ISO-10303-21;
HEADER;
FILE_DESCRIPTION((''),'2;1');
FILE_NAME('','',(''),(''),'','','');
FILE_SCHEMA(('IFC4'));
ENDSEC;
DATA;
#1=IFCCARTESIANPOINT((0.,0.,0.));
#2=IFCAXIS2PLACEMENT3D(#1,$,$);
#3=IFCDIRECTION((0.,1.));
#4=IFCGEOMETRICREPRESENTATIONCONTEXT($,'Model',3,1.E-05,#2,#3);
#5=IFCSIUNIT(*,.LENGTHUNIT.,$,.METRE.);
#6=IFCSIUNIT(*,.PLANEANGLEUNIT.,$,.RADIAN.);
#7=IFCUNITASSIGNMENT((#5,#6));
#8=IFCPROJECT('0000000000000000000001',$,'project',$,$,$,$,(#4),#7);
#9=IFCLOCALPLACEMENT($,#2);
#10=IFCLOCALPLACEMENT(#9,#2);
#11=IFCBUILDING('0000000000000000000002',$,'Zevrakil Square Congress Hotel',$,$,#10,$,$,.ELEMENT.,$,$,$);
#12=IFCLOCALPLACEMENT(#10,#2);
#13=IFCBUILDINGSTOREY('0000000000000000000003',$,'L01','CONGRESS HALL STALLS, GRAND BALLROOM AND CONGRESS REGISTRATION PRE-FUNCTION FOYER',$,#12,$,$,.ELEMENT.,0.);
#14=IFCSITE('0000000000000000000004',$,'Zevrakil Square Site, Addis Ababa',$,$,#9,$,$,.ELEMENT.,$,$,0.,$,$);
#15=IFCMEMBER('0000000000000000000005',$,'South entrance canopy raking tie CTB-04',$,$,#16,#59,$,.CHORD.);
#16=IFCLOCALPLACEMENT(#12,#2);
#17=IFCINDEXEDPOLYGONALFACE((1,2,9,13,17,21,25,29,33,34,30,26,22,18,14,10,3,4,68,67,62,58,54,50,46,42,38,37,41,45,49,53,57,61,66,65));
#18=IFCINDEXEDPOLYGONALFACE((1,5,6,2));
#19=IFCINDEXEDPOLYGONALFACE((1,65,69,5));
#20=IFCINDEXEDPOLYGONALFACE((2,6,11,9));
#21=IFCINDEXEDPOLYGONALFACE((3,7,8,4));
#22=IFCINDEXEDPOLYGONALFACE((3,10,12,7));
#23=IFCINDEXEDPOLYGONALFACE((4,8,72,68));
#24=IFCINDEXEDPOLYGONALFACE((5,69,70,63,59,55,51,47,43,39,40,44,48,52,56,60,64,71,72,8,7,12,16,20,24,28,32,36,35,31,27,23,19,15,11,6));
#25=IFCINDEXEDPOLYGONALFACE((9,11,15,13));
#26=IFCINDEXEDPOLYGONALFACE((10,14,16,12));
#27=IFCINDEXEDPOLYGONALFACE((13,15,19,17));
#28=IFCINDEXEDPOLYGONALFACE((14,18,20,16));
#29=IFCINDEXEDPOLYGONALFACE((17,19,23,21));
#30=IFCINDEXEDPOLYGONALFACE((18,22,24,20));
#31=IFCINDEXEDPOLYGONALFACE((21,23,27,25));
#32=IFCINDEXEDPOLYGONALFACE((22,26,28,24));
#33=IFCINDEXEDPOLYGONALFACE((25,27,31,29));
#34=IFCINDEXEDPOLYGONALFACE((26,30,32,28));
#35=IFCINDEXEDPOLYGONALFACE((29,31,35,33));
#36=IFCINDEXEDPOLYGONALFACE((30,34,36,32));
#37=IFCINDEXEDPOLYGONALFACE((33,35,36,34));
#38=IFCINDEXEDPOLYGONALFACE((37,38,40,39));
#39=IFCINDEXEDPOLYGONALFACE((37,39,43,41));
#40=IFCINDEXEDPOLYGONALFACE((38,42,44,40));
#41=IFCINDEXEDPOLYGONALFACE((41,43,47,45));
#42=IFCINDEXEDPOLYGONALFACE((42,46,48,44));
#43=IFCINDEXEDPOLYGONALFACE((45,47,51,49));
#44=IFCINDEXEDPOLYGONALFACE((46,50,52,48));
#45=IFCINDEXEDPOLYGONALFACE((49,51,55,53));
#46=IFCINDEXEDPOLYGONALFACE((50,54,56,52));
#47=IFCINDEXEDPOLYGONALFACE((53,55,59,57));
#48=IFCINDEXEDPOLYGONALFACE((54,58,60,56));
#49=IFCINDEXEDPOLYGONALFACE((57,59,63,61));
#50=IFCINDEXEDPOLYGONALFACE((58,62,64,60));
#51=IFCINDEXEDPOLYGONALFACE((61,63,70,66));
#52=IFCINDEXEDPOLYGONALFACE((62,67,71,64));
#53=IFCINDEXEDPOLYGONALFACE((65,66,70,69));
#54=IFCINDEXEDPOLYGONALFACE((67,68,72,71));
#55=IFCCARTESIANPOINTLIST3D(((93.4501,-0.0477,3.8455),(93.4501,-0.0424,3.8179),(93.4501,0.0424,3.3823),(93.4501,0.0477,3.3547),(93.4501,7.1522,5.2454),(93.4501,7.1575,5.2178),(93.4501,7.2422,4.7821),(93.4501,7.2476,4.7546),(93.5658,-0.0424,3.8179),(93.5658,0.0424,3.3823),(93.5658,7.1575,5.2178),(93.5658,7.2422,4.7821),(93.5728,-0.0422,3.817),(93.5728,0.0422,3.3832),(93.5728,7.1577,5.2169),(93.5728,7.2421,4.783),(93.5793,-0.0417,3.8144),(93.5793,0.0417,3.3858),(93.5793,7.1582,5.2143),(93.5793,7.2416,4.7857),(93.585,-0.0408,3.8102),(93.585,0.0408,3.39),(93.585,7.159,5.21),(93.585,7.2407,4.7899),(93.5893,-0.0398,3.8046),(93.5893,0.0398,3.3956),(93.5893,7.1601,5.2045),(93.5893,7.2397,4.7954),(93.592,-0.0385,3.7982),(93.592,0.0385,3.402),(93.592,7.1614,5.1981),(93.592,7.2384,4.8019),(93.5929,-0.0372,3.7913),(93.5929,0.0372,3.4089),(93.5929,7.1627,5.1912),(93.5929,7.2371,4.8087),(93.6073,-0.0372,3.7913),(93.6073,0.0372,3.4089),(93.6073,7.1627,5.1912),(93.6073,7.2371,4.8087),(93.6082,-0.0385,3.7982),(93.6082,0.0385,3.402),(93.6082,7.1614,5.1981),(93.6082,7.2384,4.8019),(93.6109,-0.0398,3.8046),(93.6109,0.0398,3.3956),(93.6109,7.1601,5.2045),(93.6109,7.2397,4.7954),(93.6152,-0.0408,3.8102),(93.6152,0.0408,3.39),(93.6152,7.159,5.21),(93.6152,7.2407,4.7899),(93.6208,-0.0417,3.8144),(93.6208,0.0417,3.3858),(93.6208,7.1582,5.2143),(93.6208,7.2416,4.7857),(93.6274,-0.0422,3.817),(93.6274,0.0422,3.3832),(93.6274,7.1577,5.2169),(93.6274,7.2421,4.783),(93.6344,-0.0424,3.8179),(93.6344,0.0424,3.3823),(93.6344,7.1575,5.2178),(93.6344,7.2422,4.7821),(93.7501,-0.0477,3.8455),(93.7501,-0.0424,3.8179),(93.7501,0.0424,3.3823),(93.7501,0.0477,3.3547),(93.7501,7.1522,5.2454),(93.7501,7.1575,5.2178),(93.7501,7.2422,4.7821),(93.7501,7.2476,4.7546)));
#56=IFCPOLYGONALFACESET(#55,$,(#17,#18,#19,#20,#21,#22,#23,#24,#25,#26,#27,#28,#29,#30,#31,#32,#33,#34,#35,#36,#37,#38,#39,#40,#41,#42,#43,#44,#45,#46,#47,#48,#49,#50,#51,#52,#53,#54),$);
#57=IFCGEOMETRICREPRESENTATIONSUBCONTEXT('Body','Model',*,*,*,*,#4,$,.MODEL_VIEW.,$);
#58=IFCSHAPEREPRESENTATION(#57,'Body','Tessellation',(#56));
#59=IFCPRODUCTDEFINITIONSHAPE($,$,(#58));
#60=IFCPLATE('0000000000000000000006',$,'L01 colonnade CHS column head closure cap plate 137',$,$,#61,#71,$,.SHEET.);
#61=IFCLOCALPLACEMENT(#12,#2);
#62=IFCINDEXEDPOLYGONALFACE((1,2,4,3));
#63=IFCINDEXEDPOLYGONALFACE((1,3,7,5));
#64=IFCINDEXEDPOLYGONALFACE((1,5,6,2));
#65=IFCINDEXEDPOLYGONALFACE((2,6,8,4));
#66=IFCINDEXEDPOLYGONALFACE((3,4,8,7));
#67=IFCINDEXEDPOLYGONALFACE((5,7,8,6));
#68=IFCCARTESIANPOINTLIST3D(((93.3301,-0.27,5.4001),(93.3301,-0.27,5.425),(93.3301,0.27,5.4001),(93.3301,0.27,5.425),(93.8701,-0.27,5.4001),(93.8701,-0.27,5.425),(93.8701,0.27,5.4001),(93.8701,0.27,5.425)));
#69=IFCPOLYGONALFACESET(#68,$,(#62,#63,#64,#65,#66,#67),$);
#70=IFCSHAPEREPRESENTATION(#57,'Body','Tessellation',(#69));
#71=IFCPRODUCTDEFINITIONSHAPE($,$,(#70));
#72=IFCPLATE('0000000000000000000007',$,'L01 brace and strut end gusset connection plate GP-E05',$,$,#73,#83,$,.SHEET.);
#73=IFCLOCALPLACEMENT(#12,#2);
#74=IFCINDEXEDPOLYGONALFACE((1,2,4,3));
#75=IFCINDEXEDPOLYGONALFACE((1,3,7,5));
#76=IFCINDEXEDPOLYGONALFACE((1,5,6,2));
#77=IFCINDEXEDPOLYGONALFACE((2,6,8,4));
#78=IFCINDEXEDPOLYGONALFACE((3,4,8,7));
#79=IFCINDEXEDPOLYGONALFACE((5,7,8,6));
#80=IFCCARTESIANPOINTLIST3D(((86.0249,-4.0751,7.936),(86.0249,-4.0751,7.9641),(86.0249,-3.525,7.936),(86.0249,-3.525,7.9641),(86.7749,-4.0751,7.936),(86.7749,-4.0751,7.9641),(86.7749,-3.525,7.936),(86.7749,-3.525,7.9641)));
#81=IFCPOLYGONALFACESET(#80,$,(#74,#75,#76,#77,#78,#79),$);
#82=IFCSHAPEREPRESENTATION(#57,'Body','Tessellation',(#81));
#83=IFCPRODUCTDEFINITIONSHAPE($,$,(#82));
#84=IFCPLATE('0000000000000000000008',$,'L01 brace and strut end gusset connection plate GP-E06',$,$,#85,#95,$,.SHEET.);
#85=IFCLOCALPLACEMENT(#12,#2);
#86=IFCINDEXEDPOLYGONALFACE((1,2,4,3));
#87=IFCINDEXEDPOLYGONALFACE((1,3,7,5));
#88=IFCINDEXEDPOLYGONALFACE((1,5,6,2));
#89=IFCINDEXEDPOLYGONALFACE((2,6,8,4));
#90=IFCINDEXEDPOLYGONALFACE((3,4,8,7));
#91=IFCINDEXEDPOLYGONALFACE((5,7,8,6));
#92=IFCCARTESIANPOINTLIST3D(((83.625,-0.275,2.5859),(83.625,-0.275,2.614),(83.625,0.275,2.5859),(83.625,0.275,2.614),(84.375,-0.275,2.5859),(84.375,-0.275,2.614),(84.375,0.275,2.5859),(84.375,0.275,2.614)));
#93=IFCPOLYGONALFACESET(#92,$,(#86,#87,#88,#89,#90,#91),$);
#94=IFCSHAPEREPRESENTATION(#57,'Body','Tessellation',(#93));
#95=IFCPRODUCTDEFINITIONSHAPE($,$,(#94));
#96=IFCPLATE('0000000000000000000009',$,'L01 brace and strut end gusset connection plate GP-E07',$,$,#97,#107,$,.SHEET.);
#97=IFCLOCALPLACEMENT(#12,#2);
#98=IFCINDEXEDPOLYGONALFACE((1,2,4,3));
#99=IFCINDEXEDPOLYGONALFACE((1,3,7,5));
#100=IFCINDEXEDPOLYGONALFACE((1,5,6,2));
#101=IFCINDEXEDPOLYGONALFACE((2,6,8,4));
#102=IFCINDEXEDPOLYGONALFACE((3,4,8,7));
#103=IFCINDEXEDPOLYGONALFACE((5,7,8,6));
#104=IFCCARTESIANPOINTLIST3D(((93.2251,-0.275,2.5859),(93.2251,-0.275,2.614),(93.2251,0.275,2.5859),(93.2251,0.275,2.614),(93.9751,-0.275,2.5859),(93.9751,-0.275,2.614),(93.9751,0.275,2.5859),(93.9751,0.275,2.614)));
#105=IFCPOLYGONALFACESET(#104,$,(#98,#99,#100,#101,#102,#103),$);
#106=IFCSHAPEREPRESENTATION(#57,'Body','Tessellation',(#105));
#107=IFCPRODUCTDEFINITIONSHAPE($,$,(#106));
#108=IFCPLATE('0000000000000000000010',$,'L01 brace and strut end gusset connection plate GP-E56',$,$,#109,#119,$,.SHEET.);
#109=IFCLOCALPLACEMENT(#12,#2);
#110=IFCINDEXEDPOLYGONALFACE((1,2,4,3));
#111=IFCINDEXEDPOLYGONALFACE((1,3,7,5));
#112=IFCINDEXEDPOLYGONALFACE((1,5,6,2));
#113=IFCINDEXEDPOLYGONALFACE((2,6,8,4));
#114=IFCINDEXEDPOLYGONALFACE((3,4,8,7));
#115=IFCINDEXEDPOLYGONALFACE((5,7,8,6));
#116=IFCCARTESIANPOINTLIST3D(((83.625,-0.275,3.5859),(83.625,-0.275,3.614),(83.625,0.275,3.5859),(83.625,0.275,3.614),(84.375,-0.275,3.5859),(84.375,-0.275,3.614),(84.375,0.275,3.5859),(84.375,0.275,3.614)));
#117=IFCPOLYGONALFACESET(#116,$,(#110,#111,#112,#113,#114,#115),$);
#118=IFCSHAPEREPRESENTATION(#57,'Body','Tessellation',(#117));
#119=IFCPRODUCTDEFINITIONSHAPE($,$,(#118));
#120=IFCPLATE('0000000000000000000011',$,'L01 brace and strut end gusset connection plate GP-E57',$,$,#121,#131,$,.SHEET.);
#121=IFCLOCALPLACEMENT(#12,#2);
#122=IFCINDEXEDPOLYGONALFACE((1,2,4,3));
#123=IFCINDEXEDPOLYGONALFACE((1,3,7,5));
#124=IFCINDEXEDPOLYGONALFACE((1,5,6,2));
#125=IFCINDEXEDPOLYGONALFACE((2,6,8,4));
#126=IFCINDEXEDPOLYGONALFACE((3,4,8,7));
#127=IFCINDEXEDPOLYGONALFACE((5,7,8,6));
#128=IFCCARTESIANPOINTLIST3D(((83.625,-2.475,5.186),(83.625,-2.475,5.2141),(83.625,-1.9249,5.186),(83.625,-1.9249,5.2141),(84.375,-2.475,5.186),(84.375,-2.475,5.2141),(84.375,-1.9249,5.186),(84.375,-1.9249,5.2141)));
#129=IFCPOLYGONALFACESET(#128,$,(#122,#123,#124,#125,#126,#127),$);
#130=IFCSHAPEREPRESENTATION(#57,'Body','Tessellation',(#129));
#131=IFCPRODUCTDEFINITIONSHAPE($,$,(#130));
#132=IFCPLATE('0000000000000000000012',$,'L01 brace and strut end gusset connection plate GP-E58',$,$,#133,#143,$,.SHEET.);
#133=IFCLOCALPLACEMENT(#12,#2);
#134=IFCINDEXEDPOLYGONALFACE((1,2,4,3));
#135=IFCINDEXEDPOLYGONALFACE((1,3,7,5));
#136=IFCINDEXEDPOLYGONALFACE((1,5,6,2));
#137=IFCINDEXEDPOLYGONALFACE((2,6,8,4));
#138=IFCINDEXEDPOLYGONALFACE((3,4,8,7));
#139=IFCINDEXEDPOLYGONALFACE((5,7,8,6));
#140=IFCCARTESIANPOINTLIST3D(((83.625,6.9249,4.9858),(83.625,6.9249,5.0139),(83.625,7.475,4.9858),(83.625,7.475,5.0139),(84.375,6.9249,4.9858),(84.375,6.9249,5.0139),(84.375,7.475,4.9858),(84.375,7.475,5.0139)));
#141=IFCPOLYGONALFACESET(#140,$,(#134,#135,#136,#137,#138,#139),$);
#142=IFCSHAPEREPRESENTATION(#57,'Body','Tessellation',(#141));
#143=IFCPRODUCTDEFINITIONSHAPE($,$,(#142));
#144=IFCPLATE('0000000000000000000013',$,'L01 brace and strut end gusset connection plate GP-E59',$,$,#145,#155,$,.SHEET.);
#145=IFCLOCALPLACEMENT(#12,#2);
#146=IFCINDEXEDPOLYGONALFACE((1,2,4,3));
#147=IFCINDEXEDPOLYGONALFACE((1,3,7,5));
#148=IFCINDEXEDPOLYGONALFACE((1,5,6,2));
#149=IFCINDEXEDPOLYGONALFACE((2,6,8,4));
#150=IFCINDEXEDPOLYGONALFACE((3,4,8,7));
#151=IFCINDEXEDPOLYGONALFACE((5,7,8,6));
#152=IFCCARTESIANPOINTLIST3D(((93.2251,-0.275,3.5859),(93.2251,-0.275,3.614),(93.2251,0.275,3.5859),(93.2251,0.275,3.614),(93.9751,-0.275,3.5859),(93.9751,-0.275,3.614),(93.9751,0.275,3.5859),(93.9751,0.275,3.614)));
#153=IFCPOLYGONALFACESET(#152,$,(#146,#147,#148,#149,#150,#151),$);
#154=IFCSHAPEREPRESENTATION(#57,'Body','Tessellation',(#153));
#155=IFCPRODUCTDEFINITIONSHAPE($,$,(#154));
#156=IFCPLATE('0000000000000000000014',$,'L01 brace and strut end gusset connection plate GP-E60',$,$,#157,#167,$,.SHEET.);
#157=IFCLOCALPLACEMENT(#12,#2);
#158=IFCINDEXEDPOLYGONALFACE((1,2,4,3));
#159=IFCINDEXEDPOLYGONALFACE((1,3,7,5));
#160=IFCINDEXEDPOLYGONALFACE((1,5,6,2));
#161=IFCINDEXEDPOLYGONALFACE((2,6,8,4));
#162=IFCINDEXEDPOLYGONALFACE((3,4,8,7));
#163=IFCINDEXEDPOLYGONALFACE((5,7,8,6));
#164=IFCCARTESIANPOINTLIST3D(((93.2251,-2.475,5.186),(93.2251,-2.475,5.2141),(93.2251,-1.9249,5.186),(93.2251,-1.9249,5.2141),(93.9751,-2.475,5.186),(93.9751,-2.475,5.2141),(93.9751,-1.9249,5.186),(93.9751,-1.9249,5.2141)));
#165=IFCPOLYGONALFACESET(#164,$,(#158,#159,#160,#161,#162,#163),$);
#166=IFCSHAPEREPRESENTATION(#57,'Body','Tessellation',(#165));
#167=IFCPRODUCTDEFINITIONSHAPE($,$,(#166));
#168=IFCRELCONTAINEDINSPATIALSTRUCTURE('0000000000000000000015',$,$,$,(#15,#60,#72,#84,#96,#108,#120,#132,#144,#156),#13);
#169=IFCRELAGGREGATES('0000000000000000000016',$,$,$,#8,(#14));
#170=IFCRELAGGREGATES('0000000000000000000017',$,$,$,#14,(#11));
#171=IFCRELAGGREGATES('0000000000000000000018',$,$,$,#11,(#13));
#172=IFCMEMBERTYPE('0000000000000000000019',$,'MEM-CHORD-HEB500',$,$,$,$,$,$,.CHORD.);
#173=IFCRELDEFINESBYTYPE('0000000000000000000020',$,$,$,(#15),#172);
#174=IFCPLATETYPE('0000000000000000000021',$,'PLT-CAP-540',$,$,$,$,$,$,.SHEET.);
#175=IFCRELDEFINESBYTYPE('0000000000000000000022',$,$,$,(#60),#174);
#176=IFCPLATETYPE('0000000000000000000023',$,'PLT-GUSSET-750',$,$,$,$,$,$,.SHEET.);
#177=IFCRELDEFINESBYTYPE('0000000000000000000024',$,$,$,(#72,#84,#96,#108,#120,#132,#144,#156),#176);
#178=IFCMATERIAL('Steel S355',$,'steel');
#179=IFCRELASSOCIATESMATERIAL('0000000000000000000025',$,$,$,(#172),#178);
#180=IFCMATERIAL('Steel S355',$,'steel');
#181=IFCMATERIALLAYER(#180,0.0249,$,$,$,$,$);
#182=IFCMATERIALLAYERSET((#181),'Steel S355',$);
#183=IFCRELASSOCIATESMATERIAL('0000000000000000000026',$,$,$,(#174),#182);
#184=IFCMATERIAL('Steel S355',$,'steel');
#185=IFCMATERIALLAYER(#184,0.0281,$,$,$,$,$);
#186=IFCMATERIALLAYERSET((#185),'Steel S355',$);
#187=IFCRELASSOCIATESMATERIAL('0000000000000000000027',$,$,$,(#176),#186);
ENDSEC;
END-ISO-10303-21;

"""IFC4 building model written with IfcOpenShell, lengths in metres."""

from ifc_helpers import new_model, si_unit, direction, frame, origin, origin_2d, place, context, subcontext, project, spatial, rectangle, i_section, extrude, material, layer, layer_set, material_profile, profile_set, type_object, element, save


model = new_model("IFC4")

# Units and contexts
model_context = context("Model", 3, precision=1e-05, world=origin(), true_north=direction((0.0, 1.0)))
body_context = subcontext(model_context, "Body", "Model", "MODEL_VIEW")
ifc_project = project(units=[si_unit("LENGTHUNIT", "METRE"), si_unit("PLANEANGLEUNIT", "RADIAN")], contexts=[model_context])

# Site, building, storey
site_placement = place(None, origin())
site = spatial("IfcSite", under=ifc_project, at=site_placement, Name="Zevrakil Square Site, Addis Ababa", CompositionType="ELEMENT", RefElevation=0.0)
building_placement = place(site_placement, origin())
building = spatial("IfcBuilding", under=site, at=building_placement, Name="Zevrakil Square Congress Hotel", CompositionType="ELEMENT")
storey_placement = place(building_placement, origin())
storey = spatial("IfcBuildingStorey", under=building, at=storey_placement, Name="L01", Description="CONGRESS HALL STALLS, GRAND BALLROOM AND CONGRESS REGISTRATION PRE-FUNCTION FOYER", CompositionType="ELEMENT", Elevation=0.0)

# Member
ifc_material_1 = material(Name="Steel S355", Category="steel")
ifc_material_profile_1 = material_profile(ifc_material_1, i_section(OverallWidth=0.3, OverallDepth=0.5, WebThickness=0.0144, FlangeThickness=0.0281, FilletRadius=0.0271, at=origin_2d()), Name="HEB 500")
ifc_profile_set_1 = profile_set([ifc_material_profile_1], Name="Steel S355")
member_type_1 = type_object("IfcMemberType", Name="MEM-CHORD-HEB500", PredefinedType="CHORD", material=ifc_profile_set_1)
for number, where, z_axis, x_axis, name in (
    (1, (93.6001, 0.0, 3.6001), (0.0, 0.981618, 0.190858), (-1.0, 0.0, 0.0), "South entrance canopy raking tie CTB-04"),
):
    element("IfcMember", number, at=place(storey_placement, frame(where, z_axis=z_axis, x_axis=x_axis)), inside=storey, type_object=member_type_1, Name=name, PredefinedType="CHORD", context=body_context, shape_type="SweptSolid", body=[
        extrude(i_section(OverallWidth=0.3, OverallDepth=0.5, WebThickness=0.0144, FlangeThickness=0.0281, FilletRadius=0.0271, at=origin_2d()), origin(), (0.0, 0.0, 1.0), 7.3347),
    ])

# Plates
ifc_material_2 = material(Name="Steel S355", Category="steel")
ifc_layer_1 = layer(ifc_material_2, 0.0249)
ifc_layer_set_1 = layer_set([ifc_layer_1], Name="Steel S355")
plate_type_1 = type_object("IfcPlateType", Name="PLT-CAP-540", PredefinedType="SHEET", material=ifc_layer_set_1)
plate_placement = place(storey_placement, frame((93.6001, 0.0, 5.4001), z_axis=(0.0, 0.0, 1.0), x_axis=(1.0, 0.0, 0.0)))
element("IfcPlate", 2, at=plate_placement, inside=storey, type_object=plate_type_1, Name="L01 colonnade CHS column head closure cap plate 137", PredefinedType="SHEET", context=body_context, shape_type="SweptSolid", body=[
    extrude(rectangle(XDim=0.54, YDim=0.54, at=origin_2d()), origin(), (0.0, 0.0, 1.0), 0.0249),
])
ifc_material_3 = material(Name="Steel S355", Category="steel")
ifc_layer_2 = layer(ifc_material_3, 0.0281)
ifc_layer_set_2 = layer_set([ifc_layer_2], Name="Steel S355")
plate_type_2 = type_object("IfcPlateType", Name="PLT-GUSSET-750", PredefinedType="SHEET", material=ifc_layer_set_2)
for number, where, z_axis, x_axis, name in (
    (3, (86.3999, -3.8, 7.936), (0.0, 0.0, 1.0), (1.0, 0.0, 0.0), "L01 brace and strut end gusset connection plate GP-E05"),
    (4, (84.0, 0.0, 2.5859), (0.0, 0.0, 1.0), (1.0, 0.0, 0.0), "L01 brace and strut end gusset connection plate GP-E06"),
    (5, (93.6001, 0.0, 2.5859), (0.0, 0.0, 1.0), (1.0, 0.0, 0.0), "L01 brace and strut end gusset connection plate GP-E07"),
    (6, (84.0, 0.0, 3.5859), (0.0, 0.0, 1.0), (1.0, 0.0, 0.0), "L01 brace and strut end gusset connection plate GP-E56"),
    (7, (84.0, -2.2, 5.186), (0.0, 0.0, 1.0), (1.0, 0.0, 0.0), "L01 brace and strut end gusset connection plate GP-E57"),
    (8, (84.0, 7.2, 4.9858), (0.0, 0.0, 1.0), (1.0, 0.0, 0.0), "L01 brace and strut end gusset connection plate GP-E58"),
    (9, (93.6001, 0.0, 3.5859), (0.0, 0.0, 1.0), (1.0, 0.0, 0.0), "L01 brace and strut end gusset connection plate GP-E59"),
    (10, (93.6001, -2.2, 5.186), (0.0, 0.0, 1.0), (1.0, 0.0, 0.0), "L01 brace and strut end gusset connection plate GP-E60"),
):
    element("IfcPlate", number, at=place(storey_placement, frame(where, z_axis=z_axis, x_axis=x_axis)), inside=storey, type_object=plate_type_2, Name=name, PredefinedType="SHEET", context=body_context, shape_type="SweptSolid", body=[
        extrude(rectangle(XDim=0.75, YDim=0.55, at=origin_2d()), origin(), (0.0, 0.0, 1.0), 0.0281),
    ])

save(model, "model.ifc")
